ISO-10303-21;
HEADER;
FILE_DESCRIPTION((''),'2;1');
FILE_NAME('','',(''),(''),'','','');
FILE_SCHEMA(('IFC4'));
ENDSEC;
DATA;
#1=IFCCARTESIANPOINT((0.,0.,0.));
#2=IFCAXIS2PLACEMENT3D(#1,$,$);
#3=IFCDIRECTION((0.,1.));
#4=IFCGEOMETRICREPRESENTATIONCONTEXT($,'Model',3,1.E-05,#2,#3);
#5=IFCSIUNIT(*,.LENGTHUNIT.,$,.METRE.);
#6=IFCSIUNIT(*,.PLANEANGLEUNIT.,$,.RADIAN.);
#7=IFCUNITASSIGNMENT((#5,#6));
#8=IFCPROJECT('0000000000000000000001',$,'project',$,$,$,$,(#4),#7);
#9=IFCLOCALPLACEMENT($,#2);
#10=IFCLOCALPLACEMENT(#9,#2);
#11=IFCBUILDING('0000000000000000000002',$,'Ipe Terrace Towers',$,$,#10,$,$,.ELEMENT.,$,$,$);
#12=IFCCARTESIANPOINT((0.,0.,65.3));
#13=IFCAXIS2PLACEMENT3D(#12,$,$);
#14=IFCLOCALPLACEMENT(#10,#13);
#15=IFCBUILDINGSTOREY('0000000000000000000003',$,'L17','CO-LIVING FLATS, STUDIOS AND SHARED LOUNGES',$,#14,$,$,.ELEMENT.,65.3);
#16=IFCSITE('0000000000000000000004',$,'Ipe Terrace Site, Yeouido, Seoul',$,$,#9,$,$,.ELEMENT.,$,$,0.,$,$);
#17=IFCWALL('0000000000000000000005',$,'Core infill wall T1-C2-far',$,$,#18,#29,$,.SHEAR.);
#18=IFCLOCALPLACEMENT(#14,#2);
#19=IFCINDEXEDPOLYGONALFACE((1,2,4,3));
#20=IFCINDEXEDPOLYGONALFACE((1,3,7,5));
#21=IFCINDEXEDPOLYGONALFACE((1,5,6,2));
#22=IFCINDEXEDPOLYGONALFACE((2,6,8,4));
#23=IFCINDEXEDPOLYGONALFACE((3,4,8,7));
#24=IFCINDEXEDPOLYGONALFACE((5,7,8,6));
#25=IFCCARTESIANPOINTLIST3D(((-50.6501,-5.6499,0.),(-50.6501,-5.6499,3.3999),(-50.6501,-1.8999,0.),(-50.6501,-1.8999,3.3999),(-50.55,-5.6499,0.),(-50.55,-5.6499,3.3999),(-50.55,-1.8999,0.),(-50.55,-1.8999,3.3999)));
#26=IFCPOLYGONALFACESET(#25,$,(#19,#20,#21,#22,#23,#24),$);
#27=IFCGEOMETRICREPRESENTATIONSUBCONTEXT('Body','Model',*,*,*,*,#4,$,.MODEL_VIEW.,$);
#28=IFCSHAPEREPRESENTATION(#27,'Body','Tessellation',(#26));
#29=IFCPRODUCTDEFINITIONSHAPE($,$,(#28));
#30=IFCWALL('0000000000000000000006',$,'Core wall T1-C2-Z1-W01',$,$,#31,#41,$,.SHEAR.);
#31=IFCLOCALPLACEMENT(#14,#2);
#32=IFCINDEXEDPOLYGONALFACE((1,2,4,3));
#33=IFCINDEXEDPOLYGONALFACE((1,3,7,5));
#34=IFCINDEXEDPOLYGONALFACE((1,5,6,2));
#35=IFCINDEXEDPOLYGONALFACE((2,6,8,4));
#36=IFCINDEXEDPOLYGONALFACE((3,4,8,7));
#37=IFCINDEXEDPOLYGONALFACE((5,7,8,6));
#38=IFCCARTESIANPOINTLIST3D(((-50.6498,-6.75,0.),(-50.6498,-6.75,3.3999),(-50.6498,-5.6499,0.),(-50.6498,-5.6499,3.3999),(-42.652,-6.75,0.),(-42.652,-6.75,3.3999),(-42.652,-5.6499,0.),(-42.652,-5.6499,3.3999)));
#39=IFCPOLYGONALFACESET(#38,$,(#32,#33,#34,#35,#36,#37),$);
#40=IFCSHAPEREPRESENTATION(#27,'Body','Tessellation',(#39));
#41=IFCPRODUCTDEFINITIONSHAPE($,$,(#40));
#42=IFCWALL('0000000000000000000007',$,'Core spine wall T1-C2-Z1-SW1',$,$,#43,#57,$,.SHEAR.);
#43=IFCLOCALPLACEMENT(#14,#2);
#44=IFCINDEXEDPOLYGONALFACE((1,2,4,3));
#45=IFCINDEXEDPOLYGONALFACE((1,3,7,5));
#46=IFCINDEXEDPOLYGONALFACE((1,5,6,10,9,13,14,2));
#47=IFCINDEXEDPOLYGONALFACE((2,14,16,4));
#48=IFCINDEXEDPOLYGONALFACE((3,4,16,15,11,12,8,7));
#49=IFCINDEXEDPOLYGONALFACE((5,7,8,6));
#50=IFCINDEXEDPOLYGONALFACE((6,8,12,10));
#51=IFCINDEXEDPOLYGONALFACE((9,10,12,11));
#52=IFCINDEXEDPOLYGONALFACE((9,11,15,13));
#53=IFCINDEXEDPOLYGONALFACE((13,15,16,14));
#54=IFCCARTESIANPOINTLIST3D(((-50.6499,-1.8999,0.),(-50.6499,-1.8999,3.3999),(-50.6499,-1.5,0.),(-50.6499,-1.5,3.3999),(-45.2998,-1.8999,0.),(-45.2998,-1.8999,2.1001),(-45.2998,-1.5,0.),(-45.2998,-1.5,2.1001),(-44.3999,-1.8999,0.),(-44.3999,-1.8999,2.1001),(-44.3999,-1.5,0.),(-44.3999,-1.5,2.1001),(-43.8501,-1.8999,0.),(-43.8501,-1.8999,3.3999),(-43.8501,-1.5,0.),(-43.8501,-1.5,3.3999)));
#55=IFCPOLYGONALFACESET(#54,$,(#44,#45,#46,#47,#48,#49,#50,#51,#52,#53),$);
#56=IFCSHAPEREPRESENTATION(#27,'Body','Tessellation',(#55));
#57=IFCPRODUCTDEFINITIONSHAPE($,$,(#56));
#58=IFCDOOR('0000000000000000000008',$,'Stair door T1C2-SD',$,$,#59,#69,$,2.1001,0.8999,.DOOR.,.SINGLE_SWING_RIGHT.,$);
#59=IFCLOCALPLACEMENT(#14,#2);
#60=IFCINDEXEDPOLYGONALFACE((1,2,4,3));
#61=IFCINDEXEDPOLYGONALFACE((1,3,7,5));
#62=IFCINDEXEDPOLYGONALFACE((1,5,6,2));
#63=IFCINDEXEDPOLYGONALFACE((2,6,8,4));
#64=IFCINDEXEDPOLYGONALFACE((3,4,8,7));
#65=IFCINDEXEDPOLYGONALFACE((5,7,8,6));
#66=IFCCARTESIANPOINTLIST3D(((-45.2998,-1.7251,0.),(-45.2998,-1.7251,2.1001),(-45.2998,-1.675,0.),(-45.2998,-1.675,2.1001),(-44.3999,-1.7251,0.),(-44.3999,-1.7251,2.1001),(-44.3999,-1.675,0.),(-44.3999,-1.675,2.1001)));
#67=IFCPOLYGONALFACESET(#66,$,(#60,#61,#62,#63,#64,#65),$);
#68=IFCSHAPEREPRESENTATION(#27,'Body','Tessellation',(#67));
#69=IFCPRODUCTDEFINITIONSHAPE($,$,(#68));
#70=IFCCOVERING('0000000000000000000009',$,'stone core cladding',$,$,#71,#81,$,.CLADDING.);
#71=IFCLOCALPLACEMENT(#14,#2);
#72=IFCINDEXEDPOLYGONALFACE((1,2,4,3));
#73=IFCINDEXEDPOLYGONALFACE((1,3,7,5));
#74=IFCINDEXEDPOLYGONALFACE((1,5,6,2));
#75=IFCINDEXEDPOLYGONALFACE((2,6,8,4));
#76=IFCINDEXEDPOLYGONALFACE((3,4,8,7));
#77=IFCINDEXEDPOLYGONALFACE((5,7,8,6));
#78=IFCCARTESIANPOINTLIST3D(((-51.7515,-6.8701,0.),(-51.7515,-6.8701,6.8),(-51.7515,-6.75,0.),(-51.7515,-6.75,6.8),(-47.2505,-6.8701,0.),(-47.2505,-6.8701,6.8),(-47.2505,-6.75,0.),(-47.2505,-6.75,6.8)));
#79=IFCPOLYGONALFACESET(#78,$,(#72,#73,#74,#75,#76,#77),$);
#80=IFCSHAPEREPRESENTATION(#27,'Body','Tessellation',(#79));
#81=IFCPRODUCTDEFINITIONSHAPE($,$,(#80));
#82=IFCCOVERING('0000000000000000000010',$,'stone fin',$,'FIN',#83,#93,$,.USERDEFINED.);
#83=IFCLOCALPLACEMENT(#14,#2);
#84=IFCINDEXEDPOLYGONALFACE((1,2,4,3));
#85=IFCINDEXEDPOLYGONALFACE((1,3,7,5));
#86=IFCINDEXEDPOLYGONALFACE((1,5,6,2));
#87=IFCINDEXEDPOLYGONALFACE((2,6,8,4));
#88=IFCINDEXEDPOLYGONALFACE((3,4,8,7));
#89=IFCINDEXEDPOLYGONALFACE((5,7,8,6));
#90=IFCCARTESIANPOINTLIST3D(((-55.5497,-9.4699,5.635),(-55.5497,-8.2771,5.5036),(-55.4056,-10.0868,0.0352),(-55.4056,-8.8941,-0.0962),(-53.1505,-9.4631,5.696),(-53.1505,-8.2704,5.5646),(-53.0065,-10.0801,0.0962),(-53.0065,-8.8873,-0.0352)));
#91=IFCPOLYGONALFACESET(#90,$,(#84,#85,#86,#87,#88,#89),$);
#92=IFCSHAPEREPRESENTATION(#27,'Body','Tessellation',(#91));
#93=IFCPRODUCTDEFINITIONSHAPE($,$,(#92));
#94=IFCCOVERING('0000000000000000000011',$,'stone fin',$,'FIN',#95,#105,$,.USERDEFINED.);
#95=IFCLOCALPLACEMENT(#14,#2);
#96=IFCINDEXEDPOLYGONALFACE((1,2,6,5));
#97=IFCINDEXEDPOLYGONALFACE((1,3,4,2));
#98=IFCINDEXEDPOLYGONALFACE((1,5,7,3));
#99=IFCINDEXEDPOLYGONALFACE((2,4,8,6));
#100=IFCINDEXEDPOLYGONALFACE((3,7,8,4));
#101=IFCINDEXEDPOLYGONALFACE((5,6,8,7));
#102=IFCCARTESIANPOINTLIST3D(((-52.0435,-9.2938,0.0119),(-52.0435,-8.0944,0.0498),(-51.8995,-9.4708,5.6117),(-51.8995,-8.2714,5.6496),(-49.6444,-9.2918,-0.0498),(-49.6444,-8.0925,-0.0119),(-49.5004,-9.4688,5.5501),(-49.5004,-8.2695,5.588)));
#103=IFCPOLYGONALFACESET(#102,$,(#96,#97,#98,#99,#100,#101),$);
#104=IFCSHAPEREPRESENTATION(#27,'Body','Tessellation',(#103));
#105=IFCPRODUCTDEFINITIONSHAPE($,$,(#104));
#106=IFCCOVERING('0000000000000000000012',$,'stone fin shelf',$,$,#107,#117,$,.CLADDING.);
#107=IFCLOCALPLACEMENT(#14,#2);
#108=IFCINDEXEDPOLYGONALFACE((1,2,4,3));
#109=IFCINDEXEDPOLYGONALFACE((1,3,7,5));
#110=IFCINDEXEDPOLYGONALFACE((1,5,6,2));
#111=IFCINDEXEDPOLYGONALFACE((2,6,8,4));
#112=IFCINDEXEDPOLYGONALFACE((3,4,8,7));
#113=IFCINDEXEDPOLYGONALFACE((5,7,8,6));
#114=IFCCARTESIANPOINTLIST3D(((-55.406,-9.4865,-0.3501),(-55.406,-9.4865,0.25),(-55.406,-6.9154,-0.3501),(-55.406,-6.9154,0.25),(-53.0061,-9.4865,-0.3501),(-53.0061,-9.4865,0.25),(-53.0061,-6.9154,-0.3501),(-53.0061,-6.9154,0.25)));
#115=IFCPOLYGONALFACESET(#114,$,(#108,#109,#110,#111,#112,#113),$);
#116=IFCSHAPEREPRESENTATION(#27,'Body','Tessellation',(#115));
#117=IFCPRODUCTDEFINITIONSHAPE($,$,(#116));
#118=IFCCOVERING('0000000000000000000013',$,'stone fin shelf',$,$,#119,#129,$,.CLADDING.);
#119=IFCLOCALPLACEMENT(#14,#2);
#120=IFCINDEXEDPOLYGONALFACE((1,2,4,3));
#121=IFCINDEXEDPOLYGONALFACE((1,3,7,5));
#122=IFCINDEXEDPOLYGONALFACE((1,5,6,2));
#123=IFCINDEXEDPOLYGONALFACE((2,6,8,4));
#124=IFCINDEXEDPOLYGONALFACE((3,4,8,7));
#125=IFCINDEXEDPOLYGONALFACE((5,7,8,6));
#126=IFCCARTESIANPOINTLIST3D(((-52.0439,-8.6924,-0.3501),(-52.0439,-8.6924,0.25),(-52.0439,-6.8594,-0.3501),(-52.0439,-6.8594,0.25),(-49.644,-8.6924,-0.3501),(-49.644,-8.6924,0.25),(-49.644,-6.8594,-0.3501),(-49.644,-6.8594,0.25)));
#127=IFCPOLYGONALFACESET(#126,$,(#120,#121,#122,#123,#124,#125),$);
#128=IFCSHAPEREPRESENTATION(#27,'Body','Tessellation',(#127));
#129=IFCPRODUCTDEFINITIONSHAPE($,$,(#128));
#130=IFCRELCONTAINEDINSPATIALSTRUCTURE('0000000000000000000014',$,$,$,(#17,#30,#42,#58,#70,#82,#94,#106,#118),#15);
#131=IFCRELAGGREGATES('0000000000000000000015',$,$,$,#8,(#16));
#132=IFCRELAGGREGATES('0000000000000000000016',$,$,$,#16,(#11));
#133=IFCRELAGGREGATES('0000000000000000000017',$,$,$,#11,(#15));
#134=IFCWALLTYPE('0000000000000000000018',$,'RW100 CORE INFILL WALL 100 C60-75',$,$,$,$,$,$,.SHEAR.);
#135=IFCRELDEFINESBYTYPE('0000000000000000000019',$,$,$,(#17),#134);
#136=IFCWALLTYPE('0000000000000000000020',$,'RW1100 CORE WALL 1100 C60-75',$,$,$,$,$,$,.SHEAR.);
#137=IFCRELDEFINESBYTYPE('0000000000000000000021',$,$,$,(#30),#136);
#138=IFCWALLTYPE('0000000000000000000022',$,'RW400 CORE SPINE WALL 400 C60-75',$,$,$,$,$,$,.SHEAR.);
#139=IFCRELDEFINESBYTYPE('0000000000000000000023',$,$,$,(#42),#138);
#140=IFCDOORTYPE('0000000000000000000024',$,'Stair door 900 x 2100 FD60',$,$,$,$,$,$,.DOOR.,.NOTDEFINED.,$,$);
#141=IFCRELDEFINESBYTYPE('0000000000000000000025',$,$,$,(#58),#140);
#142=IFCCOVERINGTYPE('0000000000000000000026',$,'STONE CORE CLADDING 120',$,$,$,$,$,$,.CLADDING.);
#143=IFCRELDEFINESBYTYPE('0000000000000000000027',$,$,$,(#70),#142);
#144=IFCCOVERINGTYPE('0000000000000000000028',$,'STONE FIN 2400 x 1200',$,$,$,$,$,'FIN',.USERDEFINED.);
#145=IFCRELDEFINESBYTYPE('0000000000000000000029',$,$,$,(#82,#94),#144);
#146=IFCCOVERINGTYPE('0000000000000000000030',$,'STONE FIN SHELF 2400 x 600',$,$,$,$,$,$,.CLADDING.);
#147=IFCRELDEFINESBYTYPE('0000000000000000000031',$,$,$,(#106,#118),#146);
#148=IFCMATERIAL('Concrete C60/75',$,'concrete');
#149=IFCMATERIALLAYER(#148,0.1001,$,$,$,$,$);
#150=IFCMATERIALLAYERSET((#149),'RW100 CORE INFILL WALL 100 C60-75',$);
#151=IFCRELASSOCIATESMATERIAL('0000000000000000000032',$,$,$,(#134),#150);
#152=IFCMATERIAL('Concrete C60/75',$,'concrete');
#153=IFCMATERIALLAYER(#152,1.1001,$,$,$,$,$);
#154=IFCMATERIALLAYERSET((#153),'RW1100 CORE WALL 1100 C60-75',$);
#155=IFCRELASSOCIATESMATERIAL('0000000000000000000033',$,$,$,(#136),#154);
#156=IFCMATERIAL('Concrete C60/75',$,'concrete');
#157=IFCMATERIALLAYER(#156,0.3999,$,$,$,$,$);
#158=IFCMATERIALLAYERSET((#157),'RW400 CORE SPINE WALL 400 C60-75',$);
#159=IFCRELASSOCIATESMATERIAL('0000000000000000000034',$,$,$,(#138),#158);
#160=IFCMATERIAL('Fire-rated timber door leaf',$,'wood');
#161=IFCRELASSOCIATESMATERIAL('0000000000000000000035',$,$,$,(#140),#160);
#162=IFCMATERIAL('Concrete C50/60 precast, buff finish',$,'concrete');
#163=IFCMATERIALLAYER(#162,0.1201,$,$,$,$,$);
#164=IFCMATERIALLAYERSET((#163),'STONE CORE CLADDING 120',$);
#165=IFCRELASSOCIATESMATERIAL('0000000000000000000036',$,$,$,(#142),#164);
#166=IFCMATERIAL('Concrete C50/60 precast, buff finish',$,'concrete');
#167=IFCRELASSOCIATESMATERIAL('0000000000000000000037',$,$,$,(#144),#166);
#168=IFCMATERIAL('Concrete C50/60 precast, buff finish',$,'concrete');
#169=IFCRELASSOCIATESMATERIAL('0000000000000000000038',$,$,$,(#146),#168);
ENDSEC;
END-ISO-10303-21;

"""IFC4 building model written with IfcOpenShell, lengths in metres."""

from ifc_helpers import new_model, si_unit, direction, frame, frame_2d, origin, origin_2d, place, context, subcontext, project, spatial, rectangle, extrude, material, layer, layer_set, material_profile, profile_set, type_object, element, fill, save


model = new_model("IFC4")

# Units and contexts
model_context = context("Model", 3, precision=1e-05, world=origin(), true_north=direction((0.0, 1.0)))
body_context = subcontext(model_context, "Body", "Model", "MODEL_VIEW")
ifc_project = project(units=[si_unit("LENGTHUNIT", "METRE"), si_unit("PLANEANGLEUNIT", "RADIAN")], contexts=[model_context])

# Site, building, storey
site_placement = place(None, origin())
site = spatial("IfcSite", under=ifc_project, at=site_placement, Name="Ipe Terrace Site, Yeouido, Seoul", CompositionType="ELEMENT", RefElevation=0.0)
building_placement = place(site_placement, origin())
building = spatial("IfcBuilding", under=site, at=building_placement, Name="Ipe Terrace Towers", CompositionType="ELEMENT")
storey_placement = place(building_placement, frame((0.0, 0.0, 65.3)))
storey = spatial("IfcBuildingStorey", under=building, at=storey_placement, Name="L17", Description="CO-LIVING FLATS, STUDIOS AND SHARED LOUNGES", CompositionType="ELEMENT", Elevation=65.3)

# Walls
ifc_material_1 = material(Name="Concrete C60/75", Category="concrete")
ifc_layer_1 = layer(ifc_material_1, 0.1001)
ifc_layer_set_1 = layer_set([ifc_layer_1], Name="RW100 CORE INFILL WALL 100 C60-75")
wall_type_1 = type_object("IfcWallType", Name="RW100 CORE INFILL WALL 100 C60-75", PredefinedType="SHEAR", material=ifc_layer_set_1)
wall_1_placement = place(storey_placement, frame((-50.6001, -1.8999, 0.0), z_axis=(0.0, 0.0, 1.0), x_axis=(0.0, -1.0, 0.0)))
element("IfcWall", 1, at=wall_1_placement, inside=storey, type_object=wall_type_1, Name="Core infill wall T1-C2-far", PredefinedType="SHEAR", context=body_context, shape_type="SweptSolid", body=[
    extrude(rectangle(XDim=3.75, YDim=0.1001, at=frame_2d((1.875, 0.0))), origin(), (0.0, 0.0, 1.0), 3.3999),
])
ifc_material_2 = material(Name="Concrete C60/75", Category="concrete")
ifc_layer_2 = layer(ifc_material_2, 1.1001)
ifc_layer_set_2 = layer_set([ifc_layer_2], Name="RW1100 CORE WALL 1100 C60-75")
wall_type_2 = type_object("IfcWallType", Name="RW1100 CORE WALL 1100 C60-75", PredefinedType="SHEAR", material=ifc_layer_set_2)
wall_2_placement = place(storey_placement, frame((-50.6499, -6.2, 0.0), z_axis=(0.0, 0.0, 1.0), x_axis=(1.0, 0.0, 0.0)))
element("IfcWall", 2, at=wall_2_placement, inside=storey, type_object=wall_type_2, Name="Core wall T1-C2-Z1-W01", PredefinedType="SHEAR", context=body_context, shape_type="SweptSolid", body=[
    extrude(rectangle(XDim=7.9978, YDim=1.1001, at=frame_2d((3.999, 0.0))), origin(), (0.0, 0.0, 1.0), 3.3999),
])

# Wall, opening, door
ifc_material_3 = material(Name="Concrete C60/75", Category="concrete")
ifc_layer_3 = layer(ifc_material_3, 0.3999)
ifc_layer_set_3 = layer_set([ifc_layer_3], Name="RW400 CORE SPINE WALL 400 C60-75")
wall_type_3 = type_object("IfcWallType", Name="RW400 CORE SPINE WALL 400 C60-75", PredefinedType="SHEAR", material=ifc_layer_set_3)
wall_3_placement = place(storey_placement, frame((-50.6499, -1.7, 0.0), z_axis=(0.0, 0.0, 1.0), x_axis=(1.0, 0.0, 0.0)))
wall_3 = element("IfcWall", 3, at=wall_3_placement, inside=storey, type_object=wall_type_3, Name="Core spine wall T1-C2-Z1-SW1", PredefinedType="SHEAR", context=body_context, shape_type="SweptSolid", body=[
    extrude(rectangle(XDim=6.7998, YDim=0.3999, at=frame_2d((3.3999, 0.0))), origin(), (0.0, 0.0, 1.0), 3.3999),
])
opening_1_placement = place(wall_3_placement, frame((5.3501, 0.0, 0.0)))
opening_1 = element("IfcOpeningElement", 4, at=opening_1_placement, cuts=wall_3, PredefinedType="OPENING", context=body_context, shape_type="SweptSolid", body=[
    extrude(rectangle(XDim=0.8999, YDim=2.1001, at=frame_2d((0.45, 1.05))), frame((0.0, 0.21, 0.0), z_axis=(0.0, -1.0, 0.0), x_axis=(1.0, 0.0, 0.0)), (0.0, 0.0, 1.0), 0.4199),
])
ifc_material_4 = material(Name="Fire-rated timber door leaf", Category="wood")
door_type_1 = type_object("IfcDoorType", Name="Stair door 900 x 2100 FD60", OperationType="NOTDEFINED", PredefinedType="DOOR", material=ifc_material_4)
door_1_placement = place(opening_1_placement, origin())
door_1 = element("IfcDoor", 5, at=door_1_placement, inside=storey, type_object=door_type_1, Name="Stair door T1C2-SD", OperationType="SINGLE_SWING_RIGHT", OverallHeight=2.1001, OverallWidth=0.8999, PredefinedType="DOOR", context=body_context, shape_type="SweptSolid", body=[
    extrude(rectangle(XDim=0.8999, YDim=2.1001, at=frame_2d((0.45, 1.05))), frame((0.0, 0.0249, 0.0), z_axis=(0.0, -1.0, 0.0), x_axis=(1.0, 0.0, 0.0)), (0.0, 0.0, 1.0), 0.05),
])
fill(opening_1, door_1)

# Coverings
ifc_material_5 = material(Name="Concrete C50/60 precast, buff finish", Category="concrete")
ifc_layer_4 = layer(ifc_material_5, 0.1201)
ifc_layer_set_4 = layer_set([ifc_layer_4], Name="STONE CORE CLADDING 120")
covering_type_1 = type_object("IfcCoveringType", Name="STONE CORE CLADDING 120", PredefinedType="CLADDING", material=ifc_layer_set_4)
covering_1_placement = place(storey_placement, frame((-49.501, -6.8101, 0.0), z_axis=(0.0, 0.0, 1.0), x_axis=(1.0, 0.0, 0.0)))
element("IfcCovering", 6, at=covering_1_placement, inside=storey, type_object=covering_type_1, Name="stone core cladding", PredefinedType="CLADDING", context=body_context, shape_type="SweptSolid", body=[
    extrude(rectangle(XDim=4.501, YDim=0.1201, at=origin_2d()), origin(), (0.0, 0.0, 1.0), 6.8),
])
ifc_material_6 = material(Name="Concrete C50/60 precast, buff finish", Category="concrete")
ifc_material_profile_1 = material_profile(ifc_material_6, rectangle(XDim=2.3999, YDim=1.2, at=origin_2d()), Name="STONE FIN 2400 x 1200")
ifc_profile_set_1 = profile_set([ifc_material_profile_1], Name="Concrete C50/60 precast, buff finish")
covering_type_2 = type_object("IfcCoveringType", Name="STONE FIN 2400 x 1200", ElementType="FIN", PredefinedType="USERDEFINED", material=ifc_profile_set_1)
covering_2_placement = place(storey_placement, frame((-54.2061, -9.4871, 0.0), z_axis=(-0.02556, 0.109473, 0.993661), x_axis=(0.999673, 0.002799, 0.025406)))
element("IfcCovering", 7, at=covering_2_placement, inside=storey, type_object=covering_type_2, Name="stone fin", ObjectType="FIN", PredefinedType="USERDEFINED", context=body_context, shape_type="SweptSolid", body=[
    extrude(rectangle(XDim=2.3999, YDim=1.2, at=origin_2d()), origin(), (0.0, 0.0, 1.0), 5.6355),
])
covering_3_placement = place(storey_placement, frame((-50.844, -8.6931, 0.0), z_axis=(0.025701, -0.031582, 0.999171), x_axis=(0.99967, 0.000812, -0.025688)))
element("IfcCovering", 8, at=covering_3_placement, inside=storey, type_object=covering_type_2, Name="stone fin", ObjectType="FIN", PredefinedType="USERDEFINED", context=body_context, shape_type="SweptSolid", body=[
    extrude(rectangle(XDim=2.3999, YDim=1.2, at=origin_2d()), origin(), (0.0, 0.0, 1.0), 5.6045),
])
ifc_material_7 = material(Name="Concrete C50/60 precast, buff finish", Category="concrete")
covering_type_3 = type_object("IfcCoveringType", Name="STONE FIN SHELF 2400 x 600", PredefinedType="CLADDING", material=ifc_material_7)
covering_4_placement = place(storey_placement, frame((-54.2061, -8.2009, -0.3501), z_axis=(0.0, 0.0, 1.0), x_axis=(1.0, 0.0, 0.0)))
element("IfcCovering", 9, at=covering_4_placement, inside=storey, type_object=covering_type_3, Name="stone fin shelf", PredefinedType="CLADDING", context=body_context, shape_type="SweptSolid", body=[
    extrude(rectangle(XDim=2.3999, YDim=2.571, at=origin_2d()), origin(), (0.0, 0.0, 1.0), 0.6001),
])
covering_5_placement = place(storey_placement, frame((-50.844, -7.7759, -0.3501), z_axis=(0.0, 0.0, 1.0), x_axis=(1.0, 0.0, 0.0)))
element("IfcCovering", 10, at=covering_5_placement, inside=storey, type_object=covering_type_3, Name="stone fin shelf", PredefinedType="CLADDING", context=body_context, shape_type="SweptSolid", body=[
    extrude(rectangle(XDim=2.3999, YDim=1.833, at=origin_2d()), origin(), (0.0, 0.0, 1.0), 0.6001),
])

save(model, "model.ifc")
